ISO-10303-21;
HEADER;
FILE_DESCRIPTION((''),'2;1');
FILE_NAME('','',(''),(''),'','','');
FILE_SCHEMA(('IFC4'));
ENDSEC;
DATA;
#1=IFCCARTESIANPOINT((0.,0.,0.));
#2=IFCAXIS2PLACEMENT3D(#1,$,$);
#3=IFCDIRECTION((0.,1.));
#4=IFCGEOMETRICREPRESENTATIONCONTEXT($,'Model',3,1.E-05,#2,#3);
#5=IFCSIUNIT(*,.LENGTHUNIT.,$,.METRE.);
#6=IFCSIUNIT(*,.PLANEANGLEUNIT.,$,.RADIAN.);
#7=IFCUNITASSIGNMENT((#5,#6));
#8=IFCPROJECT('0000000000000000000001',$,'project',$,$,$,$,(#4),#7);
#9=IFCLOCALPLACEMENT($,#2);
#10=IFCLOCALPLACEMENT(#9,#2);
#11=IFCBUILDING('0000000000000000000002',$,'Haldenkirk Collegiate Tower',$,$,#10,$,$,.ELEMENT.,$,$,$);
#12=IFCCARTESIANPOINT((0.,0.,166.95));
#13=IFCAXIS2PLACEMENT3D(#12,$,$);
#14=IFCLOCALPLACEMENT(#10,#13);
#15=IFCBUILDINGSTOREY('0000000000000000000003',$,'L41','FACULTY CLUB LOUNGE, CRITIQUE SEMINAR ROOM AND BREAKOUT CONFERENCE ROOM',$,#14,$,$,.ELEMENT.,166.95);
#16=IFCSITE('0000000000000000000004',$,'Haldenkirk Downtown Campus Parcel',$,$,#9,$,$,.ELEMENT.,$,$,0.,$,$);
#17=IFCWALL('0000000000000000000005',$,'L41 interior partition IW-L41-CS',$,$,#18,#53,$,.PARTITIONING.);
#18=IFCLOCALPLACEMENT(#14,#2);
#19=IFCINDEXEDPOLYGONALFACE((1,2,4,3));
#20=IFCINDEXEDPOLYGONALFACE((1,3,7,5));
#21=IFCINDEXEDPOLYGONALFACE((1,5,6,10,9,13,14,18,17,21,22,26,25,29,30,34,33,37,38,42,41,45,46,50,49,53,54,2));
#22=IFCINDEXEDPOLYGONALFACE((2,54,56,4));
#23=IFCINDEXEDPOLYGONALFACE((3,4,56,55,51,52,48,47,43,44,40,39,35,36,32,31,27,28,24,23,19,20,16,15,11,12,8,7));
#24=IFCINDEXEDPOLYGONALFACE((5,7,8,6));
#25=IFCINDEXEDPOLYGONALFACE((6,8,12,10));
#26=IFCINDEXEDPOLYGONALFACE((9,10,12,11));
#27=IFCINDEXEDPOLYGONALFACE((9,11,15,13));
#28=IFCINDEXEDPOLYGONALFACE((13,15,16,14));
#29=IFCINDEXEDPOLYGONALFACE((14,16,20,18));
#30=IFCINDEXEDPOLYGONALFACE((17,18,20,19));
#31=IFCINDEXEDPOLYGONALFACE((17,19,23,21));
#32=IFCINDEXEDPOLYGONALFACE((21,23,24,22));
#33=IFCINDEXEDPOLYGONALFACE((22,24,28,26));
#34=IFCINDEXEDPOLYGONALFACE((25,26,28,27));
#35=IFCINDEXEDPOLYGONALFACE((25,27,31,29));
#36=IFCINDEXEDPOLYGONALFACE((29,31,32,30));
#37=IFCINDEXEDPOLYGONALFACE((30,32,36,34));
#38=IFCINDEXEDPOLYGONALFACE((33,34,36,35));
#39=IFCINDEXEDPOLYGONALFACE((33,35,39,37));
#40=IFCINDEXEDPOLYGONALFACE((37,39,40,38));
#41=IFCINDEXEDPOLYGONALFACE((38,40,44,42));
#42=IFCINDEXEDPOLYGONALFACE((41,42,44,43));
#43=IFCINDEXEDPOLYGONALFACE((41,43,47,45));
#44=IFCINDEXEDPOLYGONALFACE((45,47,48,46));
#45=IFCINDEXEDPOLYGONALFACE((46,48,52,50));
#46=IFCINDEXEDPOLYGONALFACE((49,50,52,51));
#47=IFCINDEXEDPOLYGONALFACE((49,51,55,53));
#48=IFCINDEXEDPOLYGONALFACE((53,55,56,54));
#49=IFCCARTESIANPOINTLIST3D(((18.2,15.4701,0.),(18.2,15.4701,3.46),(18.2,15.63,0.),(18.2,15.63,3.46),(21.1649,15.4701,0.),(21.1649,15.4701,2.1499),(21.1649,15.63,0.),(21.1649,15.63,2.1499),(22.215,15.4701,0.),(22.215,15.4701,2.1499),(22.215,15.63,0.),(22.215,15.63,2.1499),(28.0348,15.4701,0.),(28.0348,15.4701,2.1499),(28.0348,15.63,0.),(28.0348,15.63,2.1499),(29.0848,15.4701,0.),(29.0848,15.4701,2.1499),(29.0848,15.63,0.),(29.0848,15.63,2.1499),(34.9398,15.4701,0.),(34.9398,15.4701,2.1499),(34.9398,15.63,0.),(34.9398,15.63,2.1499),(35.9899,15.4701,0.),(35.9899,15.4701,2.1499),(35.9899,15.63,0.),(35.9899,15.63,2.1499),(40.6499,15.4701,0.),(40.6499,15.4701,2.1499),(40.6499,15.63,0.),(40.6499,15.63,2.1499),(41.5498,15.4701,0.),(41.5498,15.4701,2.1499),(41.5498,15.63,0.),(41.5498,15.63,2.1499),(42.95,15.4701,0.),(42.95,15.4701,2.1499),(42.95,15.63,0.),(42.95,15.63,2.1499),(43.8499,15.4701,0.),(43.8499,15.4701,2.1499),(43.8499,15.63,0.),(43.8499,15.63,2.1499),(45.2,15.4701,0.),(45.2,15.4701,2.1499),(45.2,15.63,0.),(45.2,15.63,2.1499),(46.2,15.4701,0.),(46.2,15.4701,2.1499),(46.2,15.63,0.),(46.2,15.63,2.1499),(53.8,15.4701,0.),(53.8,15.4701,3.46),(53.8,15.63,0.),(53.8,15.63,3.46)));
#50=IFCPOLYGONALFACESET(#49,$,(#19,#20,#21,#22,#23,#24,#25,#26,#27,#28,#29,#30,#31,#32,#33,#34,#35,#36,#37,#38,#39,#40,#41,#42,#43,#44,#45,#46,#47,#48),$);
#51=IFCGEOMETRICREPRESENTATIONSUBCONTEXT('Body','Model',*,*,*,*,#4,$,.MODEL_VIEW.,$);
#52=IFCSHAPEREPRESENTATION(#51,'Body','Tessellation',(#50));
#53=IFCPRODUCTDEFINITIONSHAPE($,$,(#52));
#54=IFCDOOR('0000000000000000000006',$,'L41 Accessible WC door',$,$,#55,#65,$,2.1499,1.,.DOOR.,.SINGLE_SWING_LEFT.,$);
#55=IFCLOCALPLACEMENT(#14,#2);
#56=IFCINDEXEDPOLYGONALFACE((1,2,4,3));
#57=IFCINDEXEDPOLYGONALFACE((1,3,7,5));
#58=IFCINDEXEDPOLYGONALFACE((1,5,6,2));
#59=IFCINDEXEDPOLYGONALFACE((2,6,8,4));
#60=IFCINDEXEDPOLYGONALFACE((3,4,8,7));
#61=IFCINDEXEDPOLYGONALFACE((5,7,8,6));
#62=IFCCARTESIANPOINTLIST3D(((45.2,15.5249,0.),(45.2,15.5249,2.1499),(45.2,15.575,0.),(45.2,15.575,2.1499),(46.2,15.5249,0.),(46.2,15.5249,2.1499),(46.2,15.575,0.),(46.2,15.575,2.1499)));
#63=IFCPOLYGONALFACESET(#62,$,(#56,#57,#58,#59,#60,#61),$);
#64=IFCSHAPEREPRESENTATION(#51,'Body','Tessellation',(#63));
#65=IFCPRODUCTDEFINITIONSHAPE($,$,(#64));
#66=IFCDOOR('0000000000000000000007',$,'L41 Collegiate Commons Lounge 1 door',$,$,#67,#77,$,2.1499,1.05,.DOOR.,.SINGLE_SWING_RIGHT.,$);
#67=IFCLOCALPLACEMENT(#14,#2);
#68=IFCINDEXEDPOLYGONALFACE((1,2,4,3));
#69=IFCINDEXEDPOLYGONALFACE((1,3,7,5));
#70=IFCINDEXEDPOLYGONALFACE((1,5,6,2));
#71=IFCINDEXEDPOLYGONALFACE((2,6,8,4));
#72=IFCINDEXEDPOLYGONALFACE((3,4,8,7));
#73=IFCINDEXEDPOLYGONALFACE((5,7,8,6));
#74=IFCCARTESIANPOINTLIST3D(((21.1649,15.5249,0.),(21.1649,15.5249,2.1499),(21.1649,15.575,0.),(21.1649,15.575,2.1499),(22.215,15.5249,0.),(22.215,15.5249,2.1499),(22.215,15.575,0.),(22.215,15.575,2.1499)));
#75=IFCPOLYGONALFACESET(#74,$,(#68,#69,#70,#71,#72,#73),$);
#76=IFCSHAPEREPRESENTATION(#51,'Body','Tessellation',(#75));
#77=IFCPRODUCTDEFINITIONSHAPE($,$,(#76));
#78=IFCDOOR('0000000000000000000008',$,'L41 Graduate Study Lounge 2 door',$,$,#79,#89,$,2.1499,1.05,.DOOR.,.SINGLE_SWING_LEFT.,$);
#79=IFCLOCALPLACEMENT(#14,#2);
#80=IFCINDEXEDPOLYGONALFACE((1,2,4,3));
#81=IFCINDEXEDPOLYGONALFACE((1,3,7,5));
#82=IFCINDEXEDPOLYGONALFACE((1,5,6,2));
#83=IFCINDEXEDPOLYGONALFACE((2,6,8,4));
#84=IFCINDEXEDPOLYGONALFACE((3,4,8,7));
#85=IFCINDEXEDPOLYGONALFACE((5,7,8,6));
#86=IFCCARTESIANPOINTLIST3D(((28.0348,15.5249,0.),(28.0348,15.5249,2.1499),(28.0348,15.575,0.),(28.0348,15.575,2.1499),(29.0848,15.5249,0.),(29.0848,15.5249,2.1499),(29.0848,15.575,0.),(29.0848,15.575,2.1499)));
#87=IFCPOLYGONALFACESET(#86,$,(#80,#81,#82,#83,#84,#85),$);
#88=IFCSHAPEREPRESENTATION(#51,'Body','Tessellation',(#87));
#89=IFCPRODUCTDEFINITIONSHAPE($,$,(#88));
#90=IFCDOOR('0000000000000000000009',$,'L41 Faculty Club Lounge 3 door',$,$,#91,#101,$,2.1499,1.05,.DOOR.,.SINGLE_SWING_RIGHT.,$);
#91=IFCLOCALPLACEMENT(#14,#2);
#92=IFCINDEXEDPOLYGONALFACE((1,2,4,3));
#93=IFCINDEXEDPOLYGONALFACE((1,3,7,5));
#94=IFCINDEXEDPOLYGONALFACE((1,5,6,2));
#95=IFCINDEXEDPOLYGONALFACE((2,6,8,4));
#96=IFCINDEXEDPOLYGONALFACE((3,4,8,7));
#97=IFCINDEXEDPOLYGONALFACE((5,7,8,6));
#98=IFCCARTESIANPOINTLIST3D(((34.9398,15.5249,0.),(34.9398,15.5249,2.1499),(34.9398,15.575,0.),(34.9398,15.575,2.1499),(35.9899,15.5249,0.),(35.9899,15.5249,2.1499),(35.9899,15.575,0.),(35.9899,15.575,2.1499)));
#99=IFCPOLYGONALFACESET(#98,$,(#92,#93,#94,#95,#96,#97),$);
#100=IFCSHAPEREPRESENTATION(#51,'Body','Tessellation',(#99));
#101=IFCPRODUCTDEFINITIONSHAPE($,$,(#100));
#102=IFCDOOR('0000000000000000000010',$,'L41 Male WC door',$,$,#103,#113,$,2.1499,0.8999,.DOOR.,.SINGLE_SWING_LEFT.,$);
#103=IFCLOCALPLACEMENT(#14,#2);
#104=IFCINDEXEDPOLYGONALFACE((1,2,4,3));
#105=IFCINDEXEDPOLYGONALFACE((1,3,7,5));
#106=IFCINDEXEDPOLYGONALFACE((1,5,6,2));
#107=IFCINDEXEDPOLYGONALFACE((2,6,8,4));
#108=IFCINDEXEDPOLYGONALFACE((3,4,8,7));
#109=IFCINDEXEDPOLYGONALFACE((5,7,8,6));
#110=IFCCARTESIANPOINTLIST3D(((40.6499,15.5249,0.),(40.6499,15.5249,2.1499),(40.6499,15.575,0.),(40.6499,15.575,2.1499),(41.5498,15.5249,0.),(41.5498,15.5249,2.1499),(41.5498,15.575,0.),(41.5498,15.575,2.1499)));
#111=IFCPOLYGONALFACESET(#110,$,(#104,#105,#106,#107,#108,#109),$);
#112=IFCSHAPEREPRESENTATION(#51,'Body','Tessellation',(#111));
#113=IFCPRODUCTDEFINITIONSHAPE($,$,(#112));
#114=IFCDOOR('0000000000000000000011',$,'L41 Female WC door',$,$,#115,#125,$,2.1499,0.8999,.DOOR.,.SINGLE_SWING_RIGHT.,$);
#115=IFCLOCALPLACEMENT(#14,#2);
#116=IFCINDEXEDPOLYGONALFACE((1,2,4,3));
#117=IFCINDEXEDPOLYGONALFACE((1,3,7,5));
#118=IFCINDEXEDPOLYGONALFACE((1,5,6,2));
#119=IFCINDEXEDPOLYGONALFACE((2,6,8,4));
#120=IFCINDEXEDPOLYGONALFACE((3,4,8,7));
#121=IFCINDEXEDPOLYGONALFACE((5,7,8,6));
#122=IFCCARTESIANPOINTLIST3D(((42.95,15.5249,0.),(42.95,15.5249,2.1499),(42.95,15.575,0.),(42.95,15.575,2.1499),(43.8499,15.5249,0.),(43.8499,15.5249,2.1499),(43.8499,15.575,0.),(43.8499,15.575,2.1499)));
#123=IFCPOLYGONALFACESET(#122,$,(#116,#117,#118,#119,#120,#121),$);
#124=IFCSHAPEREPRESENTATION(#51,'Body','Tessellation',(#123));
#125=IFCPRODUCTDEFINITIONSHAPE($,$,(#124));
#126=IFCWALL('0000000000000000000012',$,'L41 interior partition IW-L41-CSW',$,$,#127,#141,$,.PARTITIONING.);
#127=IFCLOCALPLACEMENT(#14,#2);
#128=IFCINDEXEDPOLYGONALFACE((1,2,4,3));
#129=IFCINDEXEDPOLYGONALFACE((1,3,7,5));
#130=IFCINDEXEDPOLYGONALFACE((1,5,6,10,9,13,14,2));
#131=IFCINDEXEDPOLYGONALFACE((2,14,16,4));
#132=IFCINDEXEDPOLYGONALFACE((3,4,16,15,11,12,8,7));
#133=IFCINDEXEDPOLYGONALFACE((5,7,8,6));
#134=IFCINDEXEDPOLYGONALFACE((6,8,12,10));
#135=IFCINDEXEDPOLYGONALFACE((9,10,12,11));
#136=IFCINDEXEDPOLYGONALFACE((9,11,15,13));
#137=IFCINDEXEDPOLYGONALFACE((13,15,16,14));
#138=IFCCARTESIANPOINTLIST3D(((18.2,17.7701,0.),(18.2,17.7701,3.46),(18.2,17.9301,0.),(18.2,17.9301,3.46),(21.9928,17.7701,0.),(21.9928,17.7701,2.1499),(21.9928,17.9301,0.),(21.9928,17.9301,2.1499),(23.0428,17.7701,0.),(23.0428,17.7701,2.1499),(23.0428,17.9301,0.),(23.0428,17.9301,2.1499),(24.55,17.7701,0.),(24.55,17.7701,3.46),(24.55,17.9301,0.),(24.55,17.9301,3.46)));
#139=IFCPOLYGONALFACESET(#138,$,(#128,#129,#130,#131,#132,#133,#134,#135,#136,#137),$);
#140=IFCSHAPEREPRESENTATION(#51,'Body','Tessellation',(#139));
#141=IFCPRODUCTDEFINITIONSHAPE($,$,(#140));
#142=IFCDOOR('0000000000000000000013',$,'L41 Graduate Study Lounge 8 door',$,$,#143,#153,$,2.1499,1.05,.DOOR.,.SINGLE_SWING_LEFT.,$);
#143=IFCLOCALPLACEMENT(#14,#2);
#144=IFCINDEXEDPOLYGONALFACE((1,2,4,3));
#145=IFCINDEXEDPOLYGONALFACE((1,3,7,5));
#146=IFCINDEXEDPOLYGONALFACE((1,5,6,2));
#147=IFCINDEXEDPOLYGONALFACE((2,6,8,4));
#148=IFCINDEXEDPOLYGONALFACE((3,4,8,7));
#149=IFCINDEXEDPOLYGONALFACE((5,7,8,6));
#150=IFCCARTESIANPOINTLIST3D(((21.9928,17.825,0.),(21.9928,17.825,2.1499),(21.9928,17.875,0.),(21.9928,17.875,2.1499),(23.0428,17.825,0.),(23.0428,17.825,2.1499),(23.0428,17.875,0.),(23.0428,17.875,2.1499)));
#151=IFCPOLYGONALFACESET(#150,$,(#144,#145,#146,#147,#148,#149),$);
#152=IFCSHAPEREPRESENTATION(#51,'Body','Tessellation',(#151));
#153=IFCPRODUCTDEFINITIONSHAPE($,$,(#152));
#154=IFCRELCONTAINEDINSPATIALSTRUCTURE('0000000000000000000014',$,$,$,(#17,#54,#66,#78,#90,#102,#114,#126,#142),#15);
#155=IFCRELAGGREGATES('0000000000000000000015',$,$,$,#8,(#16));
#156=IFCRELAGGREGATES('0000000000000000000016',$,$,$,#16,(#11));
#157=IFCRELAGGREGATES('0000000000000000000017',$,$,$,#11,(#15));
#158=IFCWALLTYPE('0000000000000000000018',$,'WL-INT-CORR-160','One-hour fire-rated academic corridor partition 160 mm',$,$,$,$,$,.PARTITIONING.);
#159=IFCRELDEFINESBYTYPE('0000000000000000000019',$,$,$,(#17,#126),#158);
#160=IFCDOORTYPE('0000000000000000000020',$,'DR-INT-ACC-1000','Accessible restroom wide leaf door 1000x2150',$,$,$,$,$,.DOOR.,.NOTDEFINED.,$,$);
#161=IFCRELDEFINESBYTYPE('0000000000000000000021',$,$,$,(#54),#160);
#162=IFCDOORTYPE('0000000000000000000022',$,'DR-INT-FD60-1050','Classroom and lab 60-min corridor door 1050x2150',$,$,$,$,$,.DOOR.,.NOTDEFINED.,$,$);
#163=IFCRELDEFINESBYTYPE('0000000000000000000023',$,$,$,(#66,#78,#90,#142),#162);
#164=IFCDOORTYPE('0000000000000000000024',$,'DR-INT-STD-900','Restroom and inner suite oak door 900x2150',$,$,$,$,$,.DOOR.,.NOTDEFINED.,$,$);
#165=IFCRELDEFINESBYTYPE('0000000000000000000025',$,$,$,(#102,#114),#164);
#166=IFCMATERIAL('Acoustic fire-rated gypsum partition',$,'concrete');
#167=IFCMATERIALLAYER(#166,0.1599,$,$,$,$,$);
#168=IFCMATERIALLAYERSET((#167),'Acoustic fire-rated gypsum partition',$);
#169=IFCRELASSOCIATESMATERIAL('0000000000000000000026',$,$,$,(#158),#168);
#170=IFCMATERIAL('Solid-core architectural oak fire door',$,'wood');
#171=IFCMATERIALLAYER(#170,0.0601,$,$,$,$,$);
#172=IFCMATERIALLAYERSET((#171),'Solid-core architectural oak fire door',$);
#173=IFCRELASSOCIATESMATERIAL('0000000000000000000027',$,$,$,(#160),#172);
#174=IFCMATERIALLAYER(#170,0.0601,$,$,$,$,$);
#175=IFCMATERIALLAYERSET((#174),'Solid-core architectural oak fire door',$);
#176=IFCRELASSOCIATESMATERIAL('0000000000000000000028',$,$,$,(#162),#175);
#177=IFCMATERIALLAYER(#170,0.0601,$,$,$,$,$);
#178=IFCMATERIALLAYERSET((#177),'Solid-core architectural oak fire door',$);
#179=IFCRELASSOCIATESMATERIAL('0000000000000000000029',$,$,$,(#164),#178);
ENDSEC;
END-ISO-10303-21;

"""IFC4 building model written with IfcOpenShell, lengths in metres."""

from ifc_helpers import new_model, si_unit, direction, frame, frame_2d, origin, place, context, subcontext, project, spatial, rectangle, extrude, material, layer, layer_set, type_object, element, fill, save


model = new_model("IFC4")

# Units and contexts
model_context = context("Model", 3, precision=1e-05, world=origin(), true_north=direction((0.0, 1.0)))
body_context = subcontext(model_context, "Body", "Model", "MODEL_VIEW")
ifc_project = project(units=[si_unit("LENGTHUNIT", "METRE"), si_unit("PLANEANGLEUNIT", "RADIAN")], contexts=[model_context])

# Site, building, storey
site_placement = place(None, origin())
site = spatial("IfcSite", under=ifc_project, at=site_placement, Name="Haldenkirk Downtown Campus Parcel", CompositionType="ELEMENT", RefElevation=0.0)
building_placement = place(site_placement, origin())
building = spatial("IfcBuilding", under=site, at=building_placement, Name="Haldenkirk Collegiate Tower", CompositionType="ELEMENT")
storey_placement = place(building_placement, frame((0.0, 0.0, 166.95)))
storey = spatial("IfcBuildingStorey", under=building, at=storey_placement, Name="L41", Description="FACULTY CLUB LOUNGE, CRITIQUE SEMINAR ROOM AND BREAKOUT CONFERENCE ROOM", CompositionType="ELEMENT", Elevation=166.95)

# Wall, openings, doors
ifc_material_1 = material(Name="Acoustic fire-rated gypsum partition", Category="concrete")
ifc_layer_1 = layer(ifc_material_1, 0.1599)
ifc_layer_set_1 = layer_set([ifc_layer_1], Name="Acoustic fire-rated gypsum partition")
wall_type = type_object("IfcWallType", Name="WL-INT-CORR-160", Description="One-hour fire-rated academic corridor partition 160 mm", PredefinedType="PARTITIONING", material=ifc_layer_set_1)
wall_1_placement = place(storey_placement, frame((18.2, 15.55, 0.0), z_axis=(0.0, 0.0, 1.0), x_axis=(1.0, 0.0, 0.0)))
wall_1 = element("IfcWall", 1, at=wall_1_placement, inside=storey, type_object=wall_type, Name="L41 interior partition IW-L41-CS", PredefinedType="PARTITIONING", context=body_context, shape_type="SweptSolid", body=[
    extrude(rectangle(XDim=35.6001, YDim=0.1599, at=frame_2d((17.8, 0.0))), origin(), (0.0, 0.0, 1.0), 3.46),
])
opening_1_placement = place(wall_1_placement, frame((22.45, 0.0, 0.0)))
opening_1 = element("IfcOpeningElement", 2, at=opening_1_placement, cuts=wall_1, PredefinedType="OPENING", context=body_context, shape_type="SweptSolid", body=[
    extrude(rectangle(XDim=0.8999, YDim=2.1499, at=frame_2d((0.45, 1.075))), frame((0.0, 0.0898, 0.0), z_axis=(0.0, -1.0, 0.0), x_axis=(1.0, 0.0, 0.0)), (0.0, 0.0, 1.0), 0.1799),
])
opening_2_placement = place(wall_1_placement, frame((24.75, 0.0, 0.0)))
opening_2 = element("IfcOpeningElement", 3, at=opening_2_placement, cuts=wall_1, PredefinedType="OPENING", context=body_context, shape_type="SweptSolid", body=[
    extrude(rectangle(XDim=0.8999, YDim=2.1499, at=frame_2d((0.45, 1.075))), frame((0.0, 0.0898, 0.0), z_axis=(0.0, -1.0, 0.0), x_axis=(1.0, 0.0, 0.0)), (0.0, 0.0, 1.0), 0.1799),
])
opening_3_placement = place(wall_1_placement, frame((27.0, 0.0, 0.0)))
opening_3 = element("IfcOpeningElement", 4, at=opening_3_placement, cuts=wall_1, PredefinedType="OPENING", context=body_context, shape_type="SweptSolid", body=[
    extrude(rectangle(XDim=1.0, YDim=2.1499, at=frame_2d((0.5, 1.075))), frame((0.0, 0.0898, 0.0), z_axis=(0.0, -1.0, 0.0), x_axis=(1.0, 0.0, 0.0)), (0.0, 0.0, 1.0), 0.1799),
])
opening_4_placement = place(wall_1_placement, frame((2.9651, 0.0, 0.0)))
opening_4 = element("IfcOpeningElement", 5, at=opening_4_placement, cuts=wall_1, PredefinedType="OPENING", context=body_context, shape_type="SweptSolid", body=[
    extrude(rectangle(XDim=1.05, YDim=2.1499, at=frame_2d((0.5249, 1.075))), frame((0.0, 0.0898, 0.0), z_axis=(0.0, -1.0, 0.0), x_axis=(1.0, 0.0, 0.0)), (0.0, 0.0, 1.0), 0.1799),
])
opening_5_placement = place(wall_1_placement, frame((9.835, 0.0, 0.0)))
opening_5 = element("IfcOpeningElement", 6, at=opening_5_placement, cuts=wall_1, PredefinedType="OPENING", context=body_context, shape_type="SweptSolid", body=[
    extrude(rectangle(XDim=1.05, YDim=2.1499, at=frame_2d((0.5249, 1.075))), frame((0.0, 0.0898, 0.0), z_axis=(0.0, -1.0, 0.0), x_axis=(1.0, 0.0, 0.0)), (0.0, 0.0, 1.0), 0.1799),
])
opening_6_placement = place(wall_1_placement, frame((16.74, 0.0, 0.0)))
opening_6 = element("IfcOpeningElement", 7, at=opening_6_placement, cuts=wall_1, PredefinedType="OPENING", context=body_context, shape_type="SweptSolid", body=[
    extrude(rectangle(XDim=1.05, YDim=2.1499, at=frame_2d((0.5249, 1.075))), frame((0.0, 0.0898, 0.0), z_axis=(0.0, -1.0, 0.0), x_axis=(1.0, 0.0, 0.0)), (0.0, 0.0, 1.0), 0.1799),
])
ifc_material_2 = material(Name="Solid-core architectural oak fire door", Category="wood")
ifc_layer_2 = layer(ifc_material_2, 0.0601)
ifc_layer_set_2 = layer_set([ifc_layer_2], Name="Solid-core architectural oak fire door")
door_type_1 = type_object("IfcDoorType", Name="DR-INT-ACC-1000", Description="Accessible restroom wide leaf door 1000x2150", OperationType="NOTDEFINED", PredefinedType="DOOR", material=ifc_layer_set_2)
door_1_placement = place(opening_3_placement, origin())
door_1 = element("IfcDoor", 8, at=door_1_placement, inside=storey, type_object=door_type_1, Name="L41 Accessible WC door", OperationType="SINGLE_SWING_LEFT", OverallHeight=2.1499, OverallWidth=1.0, PredefinedType="DOOR", context=body_context, shape_type="SweptSolid", body=[
    extrude(rectangle(XDim=1.0, YDim=2.1499, at=frame_2d((0.5, 1.075))), frame((0.0, 0.0249, 0.0), z_axis=(0.0, -1.0, 0.0), x_axis=(1.0, 0.0, 0.0)), (0.0, 0.0, 1.0), 0.05),
])
fill(opening_3, door_1)
ifc_layer_3 = layer(ifc_material_2, 0.0601)
ifc_layer_set_3 = layer_set([ifc_layer_3], Name="Solid-core architectural oak fire door")
door_type_2 = type_object("IfcDoorType", Name="DR-INT-FD60-1050", Description="Classroom and lab 60-min corridor door 1050x2150", OperationType="NOTDEFINED", PredefinedType="DOOR", material=ifc_layer_set_3)
door_2_placement = place(opening_4_placement, origin())
door_2 = element("IfcDoor", 9, at=door_2_placement, inside=storey, type_object=door_type_2, Name="L41 Collegiate Commons Lounge 1 door", OperationType="SINGLE_SWING_RIGHT", OverallHeight=2.1499, OverallWidth=1.05, PredefinedType="DOOR", context=body_context, shape_type="SweptSolid", body=[
    extrude(rectangle(XDim=1.05, YDim=2.1499, at=frame_2d((0.5249, 1.075))), frame((0.0, 0.0249, 0.0), z_axis=(0.0, -1.0, 0.0), x_axis=(1.0, 0.0, 0.0)), (0.0, 0.0, 1.0), 0.05),
])
fill(opening_4, door_2)
door_3_placement = place(opening_5_placement, origin())
door_3 = element("IfcDoor", 10, at=door_3_placement, inside=storey, type_object=door_type_2, Name="L41 Graduate Study Lounge 2 door", OperationType="SINGLE_SWING_LEFT", OverallHeight=2.1499, OverallWidth=1.05, PredefinedType="DOOR", context=body_context, shape_type="SweptSolid", body=[
    extrude(rectangle(XDim=1.05, YDim=2.1499, at=frame_2d((0.5249, 1.075))), frame((0.0, 0.0249, 0.0), z_axis=(0.0, -1.0, 0.0), x_axis=(1.0, 0.0, 0.0)), (0.0, 0.0, 1.0), 0.05),
])
fill(opening_5, door_3)
door_4_placement = place(opening_6_placement, origin())
door_4 = element("IfcDoor", 11, at=door_4_placement, inside=storey, type_object=door_type_2, Name="L41 Faculty Club Lounge 3 door", OperationType="SINGLE_SWING_RIGHT", OverallHeight=2.1499, OverallWidth=1.05, PredefinedType="DOOR", context=body_context, shape_type="SweptSolid", body=[
    extrude(rectangle(XDim=1.05, YDim=2.1499, at=frame_2d((0.5249, 1.075))), frame((0.0, 0.0249, 0.0), z_axis=(0.0, -1.0, 0.0), x_axis=(1.0, 0.0, 0.0)), (0.0, 0.0, 1.0), 0.05),
])
fill(opening_6, door_4)
ifc_layer_4 = layer(ifc_material_2, 0.0601)
ifc_layer_set_4 = layer_set([ifc_layer_4], Name="Solid-core architectural oak fire door")
door_type_3 = type_object("IfcDoorType", Name="DR-INT-STD-900", Description="Restroom and inner suite oak door 900x2150", OperationType="NOTDEFINED", PredefinedType="DOOR", material=ifc_layer_set_4)
door_5_placement = place(opening_1_placement, origin())
door_5 = element("IfcDoor", 12, at=door_5_placement, inside=storey, type_object=door_type_3, Name="L41 Male WC door", OperationType="SINGLE_SWING_LEFT", OverallHeight=2.1499, OverallWidth=0.8999, PredefinedType="DOOR", context=body_context, shape_type="SweptSolid", body=[
    extrude(rectangle(XDim=0.8999, YDim=2.1499, at=frame_2d((0.45, 1.075))), frame((0.0, 0.0249, 0.0), z_axis=(0.0, -1.0, 0.0), x_axis=(1.0, 0.0, 0.0)), (0.0, 0.0, 1.0), 0.05),
])
fill(opening_1, door_5)
door_6_placement = place(opening_2_placement, origin())
door_6 = element("IfcDoor", 13, at=door_6_placement, inside=storey, type_object=door_type_3, Name="L41 Female WC door", OperationType="SINGLE_SWING_RIGHT", OverallHeight=2.1499, OverallWidth=0.8999, PredefinedType="DOOR", context=body_context, shape_type="SweptSolid", body=[
    extrude(rectangle(XDim=0.8999, YDim=2.1499, at=frame_2d((0.45, 1.075))), frame((0.0, 0.0249, 0.0), z_axis=(0.0, -1.0, 0.0), x_axis=(1.0, 0.0, 0.0)), (0.0, 0.0, 1.0), 0.05),
])
fill(opening_2, door_6)

# Wall, opening, door
wall_2_placement = place(storey_placement, frame((18.2, 17.8501, 0.0), z_axis=(0.0, 0.0, 1.0), x_axis=(1.0, 0.0, 0.0)))
wall_2 = element("IfcWall", 14, at=wall_2_placement, inside=storey, type_object=wall_type, Name="L41 interior partition IW-L41-CSW", PredefinedType="PARTITIONING", context=body_context, shape_type="SweptSolid", body=[
    extrude(rectangle(XDim=6.3501, YDim=0.1599, at=frame_2d((3.175, 0.0))), origin(), (0.0, 0.0, 1.0), 3.46),
])
opening_7_placement = place(wall_2_placement, frame((3.793, 0.0, 0.0)))
opening_7 = element("IfcOpeningElement", 15, at=opening_7_placement, cuts=wall_2, PredefinedType="OPENING", context=body_context, shape_type="SweptSolid", body=[
    extrude(rectangle(XDim=1.05, YDim=2.1499, at=frame_2d((0.5249, 1.075))), frame((0.0, 0.0898, 0.0), z_axis=(0.0, -1.0, 0.0), x_axis=(1.0, 0.0, 0.0)), (0.0, 0.0, 1.0), 0.1799),
])
door_7_placement = place(opening_7_placement, origin())
door_7 = element("IfcDoor", 16, at=door_7_placement, inside=storey, type_object=door_type_2, Name="L41 Graduate Study Lounge 8 door", OperationType="SINGLE_SWING_LEFT", OverallHeight=2.1499, OverallWidth=1.05, PredefinedType="DOOR", context=body_context, shape_type="SweptSolid", body=[
    extrude(rectangle(XDim=1.05, YDim=2.1499, at=frame_2d((0.5249, 1.075))), frame((0.0, 0.0249, 0.0), z_axis=(0.0, -1.0, 0.0), x_axis=(1.0, 0.0, 0.0)), (0.0, 0.0, 1.0), 0.05),
])
fill(opening_7, door_7)

save(model, "model.ifc")
